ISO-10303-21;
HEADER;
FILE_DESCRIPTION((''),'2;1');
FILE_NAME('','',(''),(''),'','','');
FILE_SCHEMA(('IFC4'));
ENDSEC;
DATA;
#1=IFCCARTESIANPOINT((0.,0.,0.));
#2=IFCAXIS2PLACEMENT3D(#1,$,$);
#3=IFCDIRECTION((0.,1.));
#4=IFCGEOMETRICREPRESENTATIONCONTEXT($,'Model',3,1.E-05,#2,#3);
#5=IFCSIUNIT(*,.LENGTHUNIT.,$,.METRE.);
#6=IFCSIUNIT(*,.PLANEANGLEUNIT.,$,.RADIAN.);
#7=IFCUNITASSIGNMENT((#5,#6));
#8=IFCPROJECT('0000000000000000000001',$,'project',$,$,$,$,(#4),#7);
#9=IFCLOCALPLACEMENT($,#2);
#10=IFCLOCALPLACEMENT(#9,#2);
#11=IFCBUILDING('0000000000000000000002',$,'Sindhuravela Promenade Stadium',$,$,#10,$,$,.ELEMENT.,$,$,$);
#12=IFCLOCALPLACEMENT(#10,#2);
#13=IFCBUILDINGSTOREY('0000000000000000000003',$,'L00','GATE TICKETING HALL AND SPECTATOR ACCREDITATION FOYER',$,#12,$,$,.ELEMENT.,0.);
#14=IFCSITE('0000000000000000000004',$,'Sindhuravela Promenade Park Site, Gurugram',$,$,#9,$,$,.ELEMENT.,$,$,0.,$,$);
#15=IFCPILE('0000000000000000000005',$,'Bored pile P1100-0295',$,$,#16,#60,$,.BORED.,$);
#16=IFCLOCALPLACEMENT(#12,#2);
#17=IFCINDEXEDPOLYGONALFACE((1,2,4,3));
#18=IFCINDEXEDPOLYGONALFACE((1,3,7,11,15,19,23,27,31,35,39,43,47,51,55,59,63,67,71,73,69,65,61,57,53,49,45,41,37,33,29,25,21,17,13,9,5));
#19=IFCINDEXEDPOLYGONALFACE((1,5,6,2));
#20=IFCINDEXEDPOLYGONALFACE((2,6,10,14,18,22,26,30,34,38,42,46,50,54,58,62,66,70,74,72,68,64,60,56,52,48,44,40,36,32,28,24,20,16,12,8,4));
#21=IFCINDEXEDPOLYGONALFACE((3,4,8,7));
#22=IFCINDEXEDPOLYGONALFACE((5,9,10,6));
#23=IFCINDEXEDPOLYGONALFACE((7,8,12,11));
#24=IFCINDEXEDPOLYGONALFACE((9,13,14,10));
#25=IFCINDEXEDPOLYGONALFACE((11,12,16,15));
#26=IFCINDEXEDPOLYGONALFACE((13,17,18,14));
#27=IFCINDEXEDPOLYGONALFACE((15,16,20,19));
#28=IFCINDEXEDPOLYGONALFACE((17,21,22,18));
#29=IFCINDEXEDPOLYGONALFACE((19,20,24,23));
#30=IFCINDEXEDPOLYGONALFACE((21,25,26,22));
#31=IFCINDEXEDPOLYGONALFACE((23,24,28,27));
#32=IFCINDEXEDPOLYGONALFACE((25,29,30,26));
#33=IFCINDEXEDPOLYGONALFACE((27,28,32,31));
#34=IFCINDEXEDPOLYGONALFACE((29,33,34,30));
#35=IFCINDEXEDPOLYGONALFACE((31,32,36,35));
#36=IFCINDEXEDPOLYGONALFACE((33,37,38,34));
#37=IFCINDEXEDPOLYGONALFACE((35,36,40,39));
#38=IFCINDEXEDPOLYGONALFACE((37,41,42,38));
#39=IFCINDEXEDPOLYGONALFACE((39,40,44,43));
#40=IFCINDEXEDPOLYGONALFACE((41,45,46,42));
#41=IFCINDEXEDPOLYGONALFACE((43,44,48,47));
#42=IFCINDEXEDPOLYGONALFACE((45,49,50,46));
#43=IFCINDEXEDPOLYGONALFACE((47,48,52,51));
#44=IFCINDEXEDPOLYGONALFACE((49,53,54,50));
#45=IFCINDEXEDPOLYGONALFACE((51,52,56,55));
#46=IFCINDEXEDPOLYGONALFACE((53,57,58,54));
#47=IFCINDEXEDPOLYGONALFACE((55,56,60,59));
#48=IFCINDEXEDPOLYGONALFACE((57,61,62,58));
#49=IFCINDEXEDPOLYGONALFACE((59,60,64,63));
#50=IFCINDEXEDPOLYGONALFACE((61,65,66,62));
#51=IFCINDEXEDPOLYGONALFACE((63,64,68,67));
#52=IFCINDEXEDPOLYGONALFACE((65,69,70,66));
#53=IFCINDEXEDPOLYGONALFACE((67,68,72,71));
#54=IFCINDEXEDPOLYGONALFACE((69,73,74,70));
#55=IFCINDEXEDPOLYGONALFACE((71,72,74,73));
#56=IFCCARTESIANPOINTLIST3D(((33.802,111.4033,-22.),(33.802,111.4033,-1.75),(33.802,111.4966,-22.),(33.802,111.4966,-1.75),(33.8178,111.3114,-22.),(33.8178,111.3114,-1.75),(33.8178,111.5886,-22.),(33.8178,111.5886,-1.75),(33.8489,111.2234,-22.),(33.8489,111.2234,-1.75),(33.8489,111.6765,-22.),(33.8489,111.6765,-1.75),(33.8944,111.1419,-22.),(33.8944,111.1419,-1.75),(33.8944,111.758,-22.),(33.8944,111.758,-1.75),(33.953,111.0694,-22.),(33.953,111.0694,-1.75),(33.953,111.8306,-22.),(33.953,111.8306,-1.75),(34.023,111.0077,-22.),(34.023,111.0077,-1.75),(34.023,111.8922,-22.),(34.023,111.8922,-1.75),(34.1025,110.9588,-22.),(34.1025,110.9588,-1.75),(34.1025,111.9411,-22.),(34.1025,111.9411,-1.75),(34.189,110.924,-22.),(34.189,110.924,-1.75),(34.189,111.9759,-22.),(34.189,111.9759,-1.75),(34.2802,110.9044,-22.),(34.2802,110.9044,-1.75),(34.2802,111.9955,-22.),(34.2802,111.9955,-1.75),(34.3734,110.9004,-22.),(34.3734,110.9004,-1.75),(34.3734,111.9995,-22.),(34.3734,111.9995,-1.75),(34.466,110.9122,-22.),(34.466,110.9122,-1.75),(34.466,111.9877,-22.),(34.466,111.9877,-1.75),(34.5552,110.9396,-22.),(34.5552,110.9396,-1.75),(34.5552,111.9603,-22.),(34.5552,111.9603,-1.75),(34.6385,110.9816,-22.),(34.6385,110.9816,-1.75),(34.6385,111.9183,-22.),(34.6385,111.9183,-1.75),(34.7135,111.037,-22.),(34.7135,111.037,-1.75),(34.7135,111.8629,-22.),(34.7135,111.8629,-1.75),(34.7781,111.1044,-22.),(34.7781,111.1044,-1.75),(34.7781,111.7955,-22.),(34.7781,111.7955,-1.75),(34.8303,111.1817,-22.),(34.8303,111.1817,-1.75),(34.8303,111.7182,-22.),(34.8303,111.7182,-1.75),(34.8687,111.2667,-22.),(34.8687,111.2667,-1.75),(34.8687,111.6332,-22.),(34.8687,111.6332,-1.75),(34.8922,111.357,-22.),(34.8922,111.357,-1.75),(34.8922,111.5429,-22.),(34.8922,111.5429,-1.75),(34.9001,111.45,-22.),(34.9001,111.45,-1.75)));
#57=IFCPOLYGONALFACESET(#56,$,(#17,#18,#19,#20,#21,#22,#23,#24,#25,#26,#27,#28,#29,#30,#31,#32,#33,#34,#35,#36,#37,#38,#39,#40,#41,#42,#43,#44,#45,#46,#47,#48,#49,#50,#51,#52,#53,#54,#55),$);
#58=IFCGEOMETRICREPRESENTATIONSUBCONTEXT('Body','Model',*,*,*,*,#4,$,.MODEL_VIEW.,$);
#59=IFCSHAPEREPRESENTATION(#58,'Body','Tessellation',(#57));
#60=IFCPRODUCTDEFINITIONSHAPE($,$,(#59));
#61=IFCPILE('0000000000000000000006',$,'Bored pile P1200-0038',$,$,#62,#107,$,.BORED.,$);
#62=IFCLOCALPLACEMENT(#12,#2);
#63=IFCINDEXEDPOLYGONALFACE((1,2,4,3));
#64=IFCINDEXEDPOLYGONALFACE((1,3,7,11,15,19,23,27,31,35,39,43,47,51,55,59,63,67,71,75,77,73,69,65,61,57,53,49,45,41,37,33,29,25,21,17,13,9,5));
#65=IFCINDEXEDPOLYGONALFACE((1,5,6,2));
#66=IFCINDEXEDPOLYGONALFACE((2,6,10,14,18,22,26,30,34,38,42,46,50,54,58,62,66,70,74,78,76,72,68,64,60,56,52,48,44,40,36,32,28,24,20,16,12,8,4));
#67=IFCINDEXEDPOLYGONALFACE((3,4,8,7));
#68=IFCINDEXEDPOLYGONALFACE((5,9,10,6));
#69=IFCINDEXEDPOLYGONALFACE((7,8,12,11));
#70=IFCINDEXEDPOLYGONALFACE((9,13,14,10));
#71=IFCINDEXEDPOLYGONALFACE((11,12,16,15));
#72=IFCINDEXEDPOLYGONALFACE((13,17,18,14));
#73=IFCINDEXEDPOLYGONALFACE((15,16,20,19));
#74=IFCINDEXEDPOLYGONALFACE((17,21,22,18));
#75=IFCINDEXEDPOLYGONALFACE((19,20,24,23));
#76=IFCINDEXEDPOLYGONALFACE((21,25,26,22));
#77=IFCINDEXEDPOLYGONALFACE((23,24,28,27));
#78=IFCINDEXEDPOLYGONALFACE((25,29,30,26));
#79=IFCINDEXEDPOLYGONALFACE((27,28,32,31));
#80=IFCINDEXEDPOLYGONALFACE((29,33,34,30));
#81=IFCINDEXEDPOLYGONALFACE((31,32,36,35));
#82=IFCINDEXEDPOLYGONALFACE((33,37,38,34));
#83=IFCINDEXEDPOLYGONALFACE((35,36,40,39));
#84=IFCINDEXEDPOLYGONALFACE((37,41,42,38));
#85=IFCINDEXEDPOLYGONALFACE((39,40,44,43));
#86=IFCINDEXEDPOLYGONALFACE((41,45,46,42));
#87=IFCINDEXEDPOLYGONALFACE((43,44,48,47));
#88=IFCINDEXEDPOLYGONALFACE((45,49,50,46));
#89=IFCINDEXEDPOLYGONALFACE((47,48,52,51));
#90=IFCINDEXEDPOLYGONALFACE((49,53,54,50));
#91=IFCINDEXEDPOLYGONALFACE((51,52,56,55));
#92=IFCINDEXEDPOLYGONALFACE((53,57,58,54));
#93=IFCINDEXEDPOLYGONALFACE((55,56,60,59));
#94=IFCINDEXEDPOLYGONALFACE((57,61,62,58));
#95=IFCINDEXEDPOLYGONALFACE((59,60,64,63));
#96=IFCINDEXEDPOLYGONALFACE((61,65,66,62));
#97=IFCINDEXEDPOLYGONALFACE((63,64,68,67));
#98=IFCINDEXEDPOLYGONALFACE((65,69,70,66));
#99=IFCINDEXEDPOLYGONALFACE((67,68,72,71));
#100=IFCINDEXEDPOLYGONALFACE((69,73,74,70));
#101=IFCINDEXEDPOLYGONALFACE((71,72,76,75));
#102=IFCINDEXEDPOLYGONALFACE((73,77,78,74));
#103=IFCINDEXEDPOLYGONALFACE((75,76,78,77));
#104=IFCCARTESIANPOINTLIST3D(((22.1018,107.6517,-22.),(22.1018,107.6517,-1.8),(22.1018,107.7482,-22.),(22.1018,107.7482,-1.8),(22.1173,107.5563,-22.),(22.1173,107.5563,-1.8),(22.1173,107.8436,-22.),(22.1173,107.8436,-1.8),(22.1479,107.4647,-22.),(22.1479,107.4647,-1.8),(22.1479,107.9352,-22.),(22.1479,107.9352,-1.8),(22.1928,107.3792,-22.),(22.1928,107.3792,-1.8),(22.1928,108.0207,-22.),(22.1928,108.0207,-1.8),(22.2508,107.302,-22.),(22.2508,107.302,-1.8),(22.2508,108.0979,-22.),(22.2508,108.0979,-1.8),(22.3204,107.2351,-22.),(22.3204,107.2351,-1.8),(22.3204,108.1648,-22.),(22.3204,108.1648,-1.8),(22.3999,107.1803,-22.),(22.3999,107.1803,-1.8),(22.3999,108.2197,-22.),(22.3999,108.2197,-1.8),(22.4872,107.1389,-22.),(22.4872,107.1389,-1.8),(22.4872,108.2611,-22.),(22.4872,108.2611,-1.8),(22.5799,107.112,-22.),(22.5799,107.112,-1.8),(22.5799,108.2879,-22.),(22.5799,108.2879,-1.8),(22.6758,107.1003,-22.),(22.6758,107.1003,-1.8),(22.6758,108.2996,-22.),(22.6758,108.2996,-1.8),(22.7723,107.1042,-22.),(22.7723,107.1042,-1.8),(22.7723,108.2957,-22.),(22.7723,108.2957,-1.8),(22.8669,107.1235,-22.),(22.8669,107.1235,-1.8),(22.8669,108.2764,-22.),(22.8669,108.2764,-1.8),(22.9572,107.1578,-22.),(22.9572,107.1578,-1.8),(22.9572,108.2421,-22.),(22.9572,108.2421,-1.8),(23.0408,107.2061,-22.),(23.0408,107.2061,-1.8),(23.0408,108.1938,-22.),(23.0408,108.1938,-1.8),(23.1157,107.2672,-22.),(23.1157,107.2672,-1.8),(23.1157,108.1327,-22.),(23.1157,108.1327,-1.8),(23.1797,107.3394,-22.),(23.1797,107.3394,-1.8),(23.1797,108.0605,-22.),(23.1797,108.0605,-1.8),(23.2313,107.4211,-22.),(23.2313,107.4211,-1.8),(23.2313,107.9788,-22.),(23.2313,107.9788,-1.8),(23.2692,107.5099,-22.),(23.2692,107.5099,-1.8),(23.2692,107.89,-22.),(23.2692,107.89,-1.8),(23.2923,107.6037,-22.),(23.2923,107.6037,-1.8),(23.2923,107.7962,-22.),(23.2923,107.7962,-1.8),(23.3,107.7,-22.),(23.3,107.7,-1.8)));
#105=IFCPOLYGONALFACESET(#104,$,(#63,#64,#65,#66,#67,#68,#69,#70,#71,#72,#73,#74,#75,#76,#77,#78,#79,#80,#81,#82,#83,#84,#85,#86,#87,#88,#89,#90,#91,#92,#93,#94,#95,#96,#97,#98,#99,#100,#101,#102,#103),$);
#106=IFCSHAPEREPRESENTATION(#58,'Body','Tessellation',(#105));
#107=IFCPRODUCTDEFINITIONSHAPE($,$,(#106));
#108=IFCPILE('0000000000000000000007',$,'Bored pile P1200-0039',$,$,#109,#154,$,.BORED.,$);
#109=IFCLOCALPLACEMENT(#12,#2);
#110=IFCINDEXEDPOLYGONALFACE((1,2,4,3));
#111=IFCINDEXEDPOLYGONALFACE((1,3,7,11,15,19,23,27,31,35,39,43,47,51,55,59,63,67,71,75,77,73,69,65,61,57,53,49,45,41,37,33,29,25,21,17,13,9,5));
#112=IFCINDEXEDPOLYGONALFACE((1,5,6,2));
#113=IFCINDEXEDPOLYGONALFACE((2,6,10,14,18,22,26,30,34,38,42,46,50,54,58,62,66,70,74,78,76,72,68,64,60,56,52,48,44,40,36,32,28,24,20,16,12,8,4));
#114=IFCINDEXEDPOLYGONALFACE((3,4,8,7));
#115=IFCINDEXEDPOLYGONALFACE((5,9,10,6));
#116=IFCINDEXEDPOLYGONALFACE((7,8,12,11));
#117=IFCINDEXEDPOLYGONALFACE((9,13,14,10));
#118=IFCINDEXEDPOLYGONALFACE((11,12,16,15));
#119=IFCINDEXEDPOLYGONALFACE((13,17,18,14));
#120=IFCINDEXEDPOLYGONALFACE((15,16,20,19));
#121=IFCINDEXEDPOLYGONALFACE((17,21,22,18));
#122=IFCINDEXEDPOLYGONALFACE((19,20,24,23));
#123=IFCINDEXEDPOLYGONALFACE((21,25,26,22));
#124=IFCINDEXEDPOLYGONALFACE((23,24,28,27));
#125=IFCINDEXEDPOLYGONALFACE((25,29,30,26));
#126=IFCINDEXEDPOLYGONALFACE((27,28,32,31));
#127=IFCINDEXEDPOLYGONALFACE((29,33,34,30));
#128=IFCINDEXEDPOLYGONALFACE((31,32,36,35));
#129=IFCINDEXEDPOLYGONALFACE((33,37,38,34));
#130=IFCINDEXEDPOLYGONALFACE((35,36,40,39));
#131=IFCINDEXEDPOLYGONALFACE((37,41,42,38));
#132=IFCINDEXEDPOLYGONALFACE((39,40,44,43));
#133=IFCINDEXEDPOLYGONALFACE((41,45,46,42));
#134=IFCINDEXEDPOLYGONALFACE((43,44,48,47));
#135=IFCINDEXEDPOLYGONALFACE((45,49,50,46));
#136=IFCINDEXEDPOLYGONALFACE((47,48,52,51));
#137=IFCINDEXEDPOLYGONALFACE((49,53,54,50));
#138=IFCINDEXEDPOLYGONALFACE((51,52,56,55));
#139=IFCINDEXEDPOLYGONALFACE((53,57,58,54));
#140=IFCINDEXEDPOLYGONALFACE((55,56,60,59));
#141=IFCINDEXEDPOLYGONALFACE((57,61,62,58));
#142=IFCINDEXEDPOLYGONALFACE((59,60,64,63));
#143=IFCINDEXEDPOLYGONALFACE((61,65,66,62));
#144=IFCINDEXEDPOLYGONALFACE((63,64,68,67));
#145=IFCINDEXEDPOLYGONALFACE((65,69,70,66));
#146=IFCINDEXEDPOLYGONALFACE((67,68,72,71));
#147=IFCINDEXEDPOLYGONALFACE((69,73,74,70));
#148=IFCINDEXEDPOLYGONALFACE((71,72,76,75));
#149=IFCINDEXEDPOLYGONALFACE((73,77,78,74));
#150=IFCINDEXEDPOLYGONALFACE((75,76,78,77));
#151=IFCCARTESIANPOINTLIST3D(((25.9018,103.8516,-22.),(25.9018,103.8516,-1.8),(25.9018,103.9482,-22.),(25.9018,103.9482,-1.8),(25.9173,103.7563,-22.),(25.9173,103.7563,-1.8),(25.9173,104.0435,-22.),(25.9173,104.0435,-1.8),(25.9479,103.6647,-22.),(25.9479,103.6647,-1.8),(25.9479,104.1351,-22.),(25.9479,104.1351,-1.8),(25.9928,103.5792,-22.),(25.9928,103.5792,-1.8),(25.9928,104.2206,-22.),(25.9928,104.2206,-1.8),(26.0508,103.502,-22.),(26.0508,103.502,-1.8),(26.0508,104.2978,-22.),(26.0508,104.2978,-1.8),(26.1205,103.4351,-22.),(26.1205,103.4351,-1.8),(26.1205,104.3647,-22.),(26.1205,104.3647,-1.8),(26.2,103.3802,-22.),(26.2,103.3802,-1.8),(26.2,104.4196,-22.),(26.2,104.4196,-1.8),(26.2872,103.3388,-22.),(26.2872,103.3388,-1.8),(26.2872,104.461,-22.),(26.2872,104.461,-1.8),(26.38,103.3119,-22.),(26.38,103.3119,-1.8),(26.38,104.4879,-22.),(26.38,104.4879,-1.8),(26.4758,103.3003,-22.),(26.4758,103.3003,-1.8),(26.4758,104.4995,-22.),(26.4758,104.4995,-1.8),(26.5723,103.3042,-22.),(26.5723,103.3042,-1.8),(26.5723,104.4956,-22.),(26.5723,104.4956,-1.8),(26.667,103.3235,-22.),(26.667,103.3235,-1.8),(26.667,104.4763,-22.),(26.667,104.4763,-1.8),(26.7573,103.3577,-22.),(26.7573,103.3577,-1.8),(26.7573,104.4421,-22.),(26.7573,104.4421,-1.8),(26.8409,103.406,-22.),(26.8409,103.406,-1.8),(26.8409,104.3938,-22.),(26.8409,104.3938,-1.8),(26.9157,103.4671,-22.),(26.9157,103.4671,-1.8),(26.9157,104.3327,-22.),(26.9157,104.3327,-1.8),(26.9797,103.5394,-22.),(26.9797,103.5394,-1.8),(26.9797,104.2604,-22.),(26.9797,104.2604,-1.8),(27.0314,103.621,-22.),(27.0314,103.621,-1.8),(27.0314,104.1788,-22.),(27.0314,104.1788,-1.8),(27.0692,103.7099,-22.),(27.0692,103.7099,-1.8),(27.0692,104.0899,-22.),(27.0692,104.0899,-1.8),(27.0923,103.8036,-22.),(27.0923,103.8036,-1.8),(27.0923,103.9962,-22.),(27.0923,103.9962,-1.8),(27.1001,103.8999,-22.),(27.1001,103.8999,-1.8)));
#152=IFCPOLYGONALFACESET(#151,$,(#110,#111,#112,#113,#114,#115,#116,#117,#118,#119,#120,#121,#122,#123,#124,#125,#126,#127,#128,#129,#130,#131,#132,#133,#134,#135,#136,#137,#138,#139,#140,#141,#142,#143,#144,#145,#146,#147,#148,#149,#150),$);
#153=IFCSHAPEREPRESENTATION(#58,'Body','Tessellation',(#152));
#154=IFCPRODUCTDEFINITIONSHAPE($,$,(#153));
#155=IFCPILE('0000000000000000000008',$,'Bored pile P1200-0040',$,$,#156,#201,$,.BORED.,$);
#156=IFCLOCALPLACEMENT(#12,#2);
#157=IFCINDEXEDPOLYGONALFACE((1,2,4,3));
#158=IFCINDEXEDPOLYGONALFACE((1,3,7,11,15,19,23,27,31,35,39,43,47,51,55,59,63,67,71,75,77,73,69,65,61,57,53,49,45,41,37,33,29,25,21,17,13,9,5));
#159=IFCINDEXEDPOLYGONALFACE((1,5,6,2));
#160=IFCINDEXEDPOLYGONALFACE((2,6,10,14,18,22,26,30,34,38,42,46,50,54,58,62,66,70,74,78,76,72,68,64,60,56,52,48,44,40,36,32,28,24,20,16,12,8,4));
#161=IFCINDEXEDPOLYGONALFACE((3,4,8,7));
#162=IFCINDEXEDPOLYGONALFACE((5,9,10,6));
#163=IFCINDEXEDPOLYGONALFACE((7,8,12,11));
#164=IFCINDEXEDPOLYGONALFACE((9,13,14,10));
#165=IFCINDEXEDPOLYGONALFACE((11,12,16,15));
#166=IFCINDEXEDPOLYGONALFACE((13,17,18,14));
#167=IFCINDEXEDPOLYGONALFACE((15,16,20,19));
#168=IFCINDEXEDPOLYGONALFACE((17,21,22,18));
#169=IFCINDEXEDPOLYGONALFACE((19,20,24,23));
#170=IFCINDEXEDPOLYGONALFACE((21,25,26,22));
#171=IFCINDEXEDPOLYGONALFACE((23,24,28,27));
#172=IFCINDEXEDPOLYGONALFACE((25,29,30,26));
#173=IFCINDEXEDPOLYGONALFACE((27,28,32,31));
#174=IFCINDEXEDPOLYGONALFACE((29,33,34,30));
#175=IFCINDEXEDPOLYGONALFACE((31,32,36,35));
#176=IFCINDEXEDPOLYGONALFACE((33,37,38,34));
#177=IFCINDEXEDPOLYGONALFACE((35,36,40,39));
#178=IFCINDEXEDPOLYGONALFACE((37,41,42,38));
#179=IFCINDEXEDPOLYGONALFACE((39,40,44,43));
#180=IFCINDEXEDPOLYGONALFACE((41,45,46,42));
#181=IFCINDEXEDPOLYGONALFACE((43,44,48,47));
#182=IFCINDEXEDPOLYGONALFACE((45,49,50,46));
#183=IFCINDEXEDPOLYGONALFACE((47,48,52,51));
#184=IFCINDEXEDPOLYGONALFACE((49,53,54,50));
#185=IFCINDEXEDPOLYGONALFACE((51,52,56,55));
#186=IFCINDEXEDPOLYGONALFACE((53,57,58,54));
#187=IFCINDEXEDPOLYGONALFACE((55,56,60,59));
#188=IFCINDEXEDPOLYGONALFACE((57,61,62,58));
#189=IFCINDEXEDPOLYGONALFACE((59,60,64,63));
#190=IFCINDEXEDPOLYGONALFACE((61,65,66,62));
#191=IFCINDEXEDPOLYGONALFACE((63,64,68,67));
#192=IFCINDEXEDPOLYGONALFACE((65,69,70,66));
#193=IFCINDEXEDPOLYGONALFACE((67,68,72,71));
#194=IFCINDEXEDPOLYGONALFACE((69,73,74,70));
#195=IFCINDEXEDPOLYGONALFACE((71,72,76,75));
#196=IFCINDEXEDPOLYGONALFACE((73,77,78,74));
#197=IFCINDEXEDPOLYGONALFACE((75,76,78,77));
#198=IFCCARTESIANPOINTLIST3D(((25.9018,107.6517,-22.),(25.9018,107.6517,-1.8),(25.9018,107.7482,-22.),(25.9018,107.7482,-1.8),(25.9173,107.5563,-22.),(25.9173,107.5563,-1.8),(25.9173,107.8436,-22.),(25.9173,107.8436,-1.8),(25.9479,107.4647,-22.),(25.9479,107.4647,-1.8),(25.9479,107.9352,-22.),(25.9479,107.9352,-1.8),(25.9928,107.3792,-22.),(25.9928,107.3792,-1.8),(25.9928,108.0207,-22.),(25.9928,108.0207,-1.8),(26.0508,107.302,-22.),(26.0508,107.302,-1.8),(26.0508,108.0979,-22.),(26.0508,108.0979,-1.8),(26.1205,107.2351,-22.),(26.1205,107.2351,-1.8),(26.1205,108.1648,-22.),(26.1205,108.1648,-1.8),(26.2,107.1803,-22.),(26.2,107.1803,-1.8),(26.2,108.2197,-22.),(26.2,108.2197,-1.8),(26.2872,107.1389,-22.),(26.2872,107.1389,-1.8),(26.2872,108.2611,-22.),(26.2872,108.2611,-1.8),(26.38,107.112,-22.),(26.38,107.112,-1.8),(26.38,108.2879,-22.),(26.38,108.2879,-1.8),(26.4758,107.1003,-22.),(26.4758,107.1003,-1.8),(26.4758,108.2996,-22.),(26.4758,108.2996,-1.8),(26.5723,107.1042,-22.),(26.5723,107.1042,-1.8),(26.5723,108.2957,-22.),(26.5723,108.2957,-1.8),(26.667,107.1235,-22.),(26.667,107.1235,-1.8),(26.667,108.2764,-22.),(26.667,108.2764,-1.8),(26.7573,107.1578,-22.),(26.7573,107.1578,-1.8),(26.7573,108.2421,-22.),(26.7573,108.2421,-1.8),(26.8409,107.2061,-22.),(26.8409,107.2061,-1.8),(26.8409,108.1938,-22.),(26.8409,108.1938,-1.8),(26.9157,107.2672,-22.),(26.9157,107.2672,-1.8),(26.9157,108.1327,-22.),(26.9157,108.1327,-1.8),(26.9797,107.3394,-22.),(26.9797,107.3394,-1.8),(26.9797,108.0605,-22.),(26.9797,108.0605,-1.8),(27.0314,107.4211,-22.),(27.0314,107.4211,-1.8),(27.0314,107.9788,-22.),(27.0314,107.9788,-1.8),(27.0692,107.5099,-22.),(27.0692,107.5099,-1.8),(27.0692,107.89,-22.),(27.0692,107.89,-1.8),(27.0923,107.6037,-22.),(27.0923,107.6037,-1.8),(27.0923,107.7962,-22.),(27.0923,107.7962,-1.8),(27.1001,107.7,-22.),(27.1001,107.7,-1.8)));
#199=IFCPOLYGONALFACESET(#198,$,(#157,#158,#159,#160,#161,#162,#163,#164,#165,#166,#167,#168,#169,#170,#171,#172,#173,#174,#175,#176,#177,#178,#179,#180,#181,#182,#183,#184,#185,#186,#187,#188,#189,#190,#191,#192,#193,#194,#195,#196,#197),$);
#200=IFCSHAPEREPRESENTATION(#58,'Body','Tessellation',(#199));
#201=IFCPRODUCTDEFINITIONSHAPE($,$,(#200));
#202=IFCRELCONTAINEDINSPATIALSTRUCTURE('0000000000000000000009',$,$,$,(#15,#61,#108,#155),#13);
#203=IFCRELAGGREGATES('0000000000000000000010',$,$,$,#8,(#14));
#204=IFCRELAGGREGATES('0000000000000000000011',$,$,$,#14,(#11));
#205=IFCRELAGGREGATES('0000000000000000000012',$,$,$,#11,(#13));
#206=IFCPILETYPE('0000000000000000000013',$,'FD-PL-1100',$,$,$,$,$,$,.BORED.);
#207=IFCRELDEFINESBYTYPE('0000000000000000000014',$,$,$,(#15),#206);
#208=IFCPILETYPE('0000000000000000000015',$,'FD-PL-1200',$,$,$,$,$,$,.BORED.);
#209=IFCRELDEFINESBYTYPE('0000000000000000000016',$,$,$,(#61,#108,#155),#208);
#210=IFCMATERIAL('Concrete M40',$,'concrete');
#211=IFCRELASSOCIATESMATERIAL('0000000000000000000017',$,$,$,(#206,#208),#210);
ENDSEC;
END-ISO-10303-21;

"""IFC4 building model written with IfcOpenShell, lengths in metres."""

from ifc_helpers import new_model, si_unit, direction, frame, origin, origin_2d, place, context, subcontext, project, spatial, circle, extrude, material, material_profile, profile_set, type_object, element, save


model = new_model("IFC4")

# Units and contexts
model_context = context("Model", 3, precision=1e-05, world=origin(), true_north=direction((0.0, 1.0)))
body_context = subcontext(model_context, "Body", "Model", "MODEL_VIEW")
ifc_project = project(units=[si_unit("LENGTHUNIT", "METRE"), si_unit("PLANEANGLEUNIT", "RADIAN")], contexts=[model_context])

# Site, building, storey
site_placement = place(None, origin())
site = spatial("IfcSite", under=ifc_project, at=site_placement, Name="Sindhuravela Promenade Park Site, Gurugram", CompositionType="ELEMENT", RefElevation=0.0)
building_placement = place(site_placement, origin())
building = spatial("IfcBuilding", under=site, at=building_placement, Name="Sindhuravela Promenade Stadium", CompositionType="ELEMENT")
storey_placement = place(building_placement, origin())
storey = spatial("IfcBuildingStorey", under=building, at=storey_placement, Name="L00", Description="GATE TICKETING HALL AND SPECTATOR ACCREDITATION FOYER", CompositionType="ELEMENT", Elevation=0.0)

# Piles
ifc_material_1 = material(Name="Concrete M40", Category="concrete")
ifc_material_profile_1 = material_profile(ifc_material_1, circle(Radius=0.55, at=origin_2d()), Name="BORED PILE D1100")
ifc_profile_set_1 = profile_set([ifc_material_profile_1], Name="Concrete M40")
pile_type_1 = type_object("IfcPileType", Name="FD-PL-1100", PredefinedType="BORED", material=ifc_profile_set_1)
for number, where, z_axis, x_axis, name in (
    (1, (34.3501, 111.45, -1.75), (0.0, 0.0, -1.0), (1.0, 0.0, 0.0), "Bored pile P1100-0295"),
):
    element("IfcPile", number, at=place(storey_placement, frame(where, z_axis=z_axis, x_axis=x_axis)), inside=storey, type_object=pile_type_1, Name=name, PredefinedType="BORED", context=body_context, shape_type="SweptSolid", body=[
        extrude(circle(Radius=0.55, at=origin_2d()), origin(), (0.0, 0.0, 1.0), 20.25),
    ])
ifc_material_profile_2 = material_profile(ifc_material_1, circle(Radius=0.6001, at=origin_2d()), Name="BORED PILE D1200")
ifc_profile_set_2 = profile_set([ifc_material_profile_2], Name="Concrete M40")
pile_type_2 = type_object("IfcPileType", Name="FD-PL-1200", PredefinedType="BORED", material=ifc_profile_set_2)
for number, where, z_axis, x_axis, name in (
    (2, (22.7, 107.7, -1.8), (0.0, 0.0, -1.0), (1.0, 0.0, 0.0), "Bored pile P1200-0038"),
    (3, (26.5, 103.8999, -1.8), (0.0, 0.0, -1.0), (1.0, 0.0, 0.0), "Bored pile P1200-0039"),
    (4, (26.5, 107.7, -1.8), (0.0, 0.0, -1.0), (1.0, 0.0, 0.0), "Bored pile P1200-0040"),
):
    element("IfcPile", number, at=place(storey_placement, frame(where, z_axis=z_axis, x_axis=x_axis)), inside=storey, type_object=pile_type_2, Name=name, PredefinedType="BORED", context=body_context, shape_type="SweptSolid", body=[
        extrude(circle(Radius=0.6001, at=origin_2d()), origin(), (0.0, 0.0, 1.0), 20.2),
    ])

save(model, "model.ifc")
